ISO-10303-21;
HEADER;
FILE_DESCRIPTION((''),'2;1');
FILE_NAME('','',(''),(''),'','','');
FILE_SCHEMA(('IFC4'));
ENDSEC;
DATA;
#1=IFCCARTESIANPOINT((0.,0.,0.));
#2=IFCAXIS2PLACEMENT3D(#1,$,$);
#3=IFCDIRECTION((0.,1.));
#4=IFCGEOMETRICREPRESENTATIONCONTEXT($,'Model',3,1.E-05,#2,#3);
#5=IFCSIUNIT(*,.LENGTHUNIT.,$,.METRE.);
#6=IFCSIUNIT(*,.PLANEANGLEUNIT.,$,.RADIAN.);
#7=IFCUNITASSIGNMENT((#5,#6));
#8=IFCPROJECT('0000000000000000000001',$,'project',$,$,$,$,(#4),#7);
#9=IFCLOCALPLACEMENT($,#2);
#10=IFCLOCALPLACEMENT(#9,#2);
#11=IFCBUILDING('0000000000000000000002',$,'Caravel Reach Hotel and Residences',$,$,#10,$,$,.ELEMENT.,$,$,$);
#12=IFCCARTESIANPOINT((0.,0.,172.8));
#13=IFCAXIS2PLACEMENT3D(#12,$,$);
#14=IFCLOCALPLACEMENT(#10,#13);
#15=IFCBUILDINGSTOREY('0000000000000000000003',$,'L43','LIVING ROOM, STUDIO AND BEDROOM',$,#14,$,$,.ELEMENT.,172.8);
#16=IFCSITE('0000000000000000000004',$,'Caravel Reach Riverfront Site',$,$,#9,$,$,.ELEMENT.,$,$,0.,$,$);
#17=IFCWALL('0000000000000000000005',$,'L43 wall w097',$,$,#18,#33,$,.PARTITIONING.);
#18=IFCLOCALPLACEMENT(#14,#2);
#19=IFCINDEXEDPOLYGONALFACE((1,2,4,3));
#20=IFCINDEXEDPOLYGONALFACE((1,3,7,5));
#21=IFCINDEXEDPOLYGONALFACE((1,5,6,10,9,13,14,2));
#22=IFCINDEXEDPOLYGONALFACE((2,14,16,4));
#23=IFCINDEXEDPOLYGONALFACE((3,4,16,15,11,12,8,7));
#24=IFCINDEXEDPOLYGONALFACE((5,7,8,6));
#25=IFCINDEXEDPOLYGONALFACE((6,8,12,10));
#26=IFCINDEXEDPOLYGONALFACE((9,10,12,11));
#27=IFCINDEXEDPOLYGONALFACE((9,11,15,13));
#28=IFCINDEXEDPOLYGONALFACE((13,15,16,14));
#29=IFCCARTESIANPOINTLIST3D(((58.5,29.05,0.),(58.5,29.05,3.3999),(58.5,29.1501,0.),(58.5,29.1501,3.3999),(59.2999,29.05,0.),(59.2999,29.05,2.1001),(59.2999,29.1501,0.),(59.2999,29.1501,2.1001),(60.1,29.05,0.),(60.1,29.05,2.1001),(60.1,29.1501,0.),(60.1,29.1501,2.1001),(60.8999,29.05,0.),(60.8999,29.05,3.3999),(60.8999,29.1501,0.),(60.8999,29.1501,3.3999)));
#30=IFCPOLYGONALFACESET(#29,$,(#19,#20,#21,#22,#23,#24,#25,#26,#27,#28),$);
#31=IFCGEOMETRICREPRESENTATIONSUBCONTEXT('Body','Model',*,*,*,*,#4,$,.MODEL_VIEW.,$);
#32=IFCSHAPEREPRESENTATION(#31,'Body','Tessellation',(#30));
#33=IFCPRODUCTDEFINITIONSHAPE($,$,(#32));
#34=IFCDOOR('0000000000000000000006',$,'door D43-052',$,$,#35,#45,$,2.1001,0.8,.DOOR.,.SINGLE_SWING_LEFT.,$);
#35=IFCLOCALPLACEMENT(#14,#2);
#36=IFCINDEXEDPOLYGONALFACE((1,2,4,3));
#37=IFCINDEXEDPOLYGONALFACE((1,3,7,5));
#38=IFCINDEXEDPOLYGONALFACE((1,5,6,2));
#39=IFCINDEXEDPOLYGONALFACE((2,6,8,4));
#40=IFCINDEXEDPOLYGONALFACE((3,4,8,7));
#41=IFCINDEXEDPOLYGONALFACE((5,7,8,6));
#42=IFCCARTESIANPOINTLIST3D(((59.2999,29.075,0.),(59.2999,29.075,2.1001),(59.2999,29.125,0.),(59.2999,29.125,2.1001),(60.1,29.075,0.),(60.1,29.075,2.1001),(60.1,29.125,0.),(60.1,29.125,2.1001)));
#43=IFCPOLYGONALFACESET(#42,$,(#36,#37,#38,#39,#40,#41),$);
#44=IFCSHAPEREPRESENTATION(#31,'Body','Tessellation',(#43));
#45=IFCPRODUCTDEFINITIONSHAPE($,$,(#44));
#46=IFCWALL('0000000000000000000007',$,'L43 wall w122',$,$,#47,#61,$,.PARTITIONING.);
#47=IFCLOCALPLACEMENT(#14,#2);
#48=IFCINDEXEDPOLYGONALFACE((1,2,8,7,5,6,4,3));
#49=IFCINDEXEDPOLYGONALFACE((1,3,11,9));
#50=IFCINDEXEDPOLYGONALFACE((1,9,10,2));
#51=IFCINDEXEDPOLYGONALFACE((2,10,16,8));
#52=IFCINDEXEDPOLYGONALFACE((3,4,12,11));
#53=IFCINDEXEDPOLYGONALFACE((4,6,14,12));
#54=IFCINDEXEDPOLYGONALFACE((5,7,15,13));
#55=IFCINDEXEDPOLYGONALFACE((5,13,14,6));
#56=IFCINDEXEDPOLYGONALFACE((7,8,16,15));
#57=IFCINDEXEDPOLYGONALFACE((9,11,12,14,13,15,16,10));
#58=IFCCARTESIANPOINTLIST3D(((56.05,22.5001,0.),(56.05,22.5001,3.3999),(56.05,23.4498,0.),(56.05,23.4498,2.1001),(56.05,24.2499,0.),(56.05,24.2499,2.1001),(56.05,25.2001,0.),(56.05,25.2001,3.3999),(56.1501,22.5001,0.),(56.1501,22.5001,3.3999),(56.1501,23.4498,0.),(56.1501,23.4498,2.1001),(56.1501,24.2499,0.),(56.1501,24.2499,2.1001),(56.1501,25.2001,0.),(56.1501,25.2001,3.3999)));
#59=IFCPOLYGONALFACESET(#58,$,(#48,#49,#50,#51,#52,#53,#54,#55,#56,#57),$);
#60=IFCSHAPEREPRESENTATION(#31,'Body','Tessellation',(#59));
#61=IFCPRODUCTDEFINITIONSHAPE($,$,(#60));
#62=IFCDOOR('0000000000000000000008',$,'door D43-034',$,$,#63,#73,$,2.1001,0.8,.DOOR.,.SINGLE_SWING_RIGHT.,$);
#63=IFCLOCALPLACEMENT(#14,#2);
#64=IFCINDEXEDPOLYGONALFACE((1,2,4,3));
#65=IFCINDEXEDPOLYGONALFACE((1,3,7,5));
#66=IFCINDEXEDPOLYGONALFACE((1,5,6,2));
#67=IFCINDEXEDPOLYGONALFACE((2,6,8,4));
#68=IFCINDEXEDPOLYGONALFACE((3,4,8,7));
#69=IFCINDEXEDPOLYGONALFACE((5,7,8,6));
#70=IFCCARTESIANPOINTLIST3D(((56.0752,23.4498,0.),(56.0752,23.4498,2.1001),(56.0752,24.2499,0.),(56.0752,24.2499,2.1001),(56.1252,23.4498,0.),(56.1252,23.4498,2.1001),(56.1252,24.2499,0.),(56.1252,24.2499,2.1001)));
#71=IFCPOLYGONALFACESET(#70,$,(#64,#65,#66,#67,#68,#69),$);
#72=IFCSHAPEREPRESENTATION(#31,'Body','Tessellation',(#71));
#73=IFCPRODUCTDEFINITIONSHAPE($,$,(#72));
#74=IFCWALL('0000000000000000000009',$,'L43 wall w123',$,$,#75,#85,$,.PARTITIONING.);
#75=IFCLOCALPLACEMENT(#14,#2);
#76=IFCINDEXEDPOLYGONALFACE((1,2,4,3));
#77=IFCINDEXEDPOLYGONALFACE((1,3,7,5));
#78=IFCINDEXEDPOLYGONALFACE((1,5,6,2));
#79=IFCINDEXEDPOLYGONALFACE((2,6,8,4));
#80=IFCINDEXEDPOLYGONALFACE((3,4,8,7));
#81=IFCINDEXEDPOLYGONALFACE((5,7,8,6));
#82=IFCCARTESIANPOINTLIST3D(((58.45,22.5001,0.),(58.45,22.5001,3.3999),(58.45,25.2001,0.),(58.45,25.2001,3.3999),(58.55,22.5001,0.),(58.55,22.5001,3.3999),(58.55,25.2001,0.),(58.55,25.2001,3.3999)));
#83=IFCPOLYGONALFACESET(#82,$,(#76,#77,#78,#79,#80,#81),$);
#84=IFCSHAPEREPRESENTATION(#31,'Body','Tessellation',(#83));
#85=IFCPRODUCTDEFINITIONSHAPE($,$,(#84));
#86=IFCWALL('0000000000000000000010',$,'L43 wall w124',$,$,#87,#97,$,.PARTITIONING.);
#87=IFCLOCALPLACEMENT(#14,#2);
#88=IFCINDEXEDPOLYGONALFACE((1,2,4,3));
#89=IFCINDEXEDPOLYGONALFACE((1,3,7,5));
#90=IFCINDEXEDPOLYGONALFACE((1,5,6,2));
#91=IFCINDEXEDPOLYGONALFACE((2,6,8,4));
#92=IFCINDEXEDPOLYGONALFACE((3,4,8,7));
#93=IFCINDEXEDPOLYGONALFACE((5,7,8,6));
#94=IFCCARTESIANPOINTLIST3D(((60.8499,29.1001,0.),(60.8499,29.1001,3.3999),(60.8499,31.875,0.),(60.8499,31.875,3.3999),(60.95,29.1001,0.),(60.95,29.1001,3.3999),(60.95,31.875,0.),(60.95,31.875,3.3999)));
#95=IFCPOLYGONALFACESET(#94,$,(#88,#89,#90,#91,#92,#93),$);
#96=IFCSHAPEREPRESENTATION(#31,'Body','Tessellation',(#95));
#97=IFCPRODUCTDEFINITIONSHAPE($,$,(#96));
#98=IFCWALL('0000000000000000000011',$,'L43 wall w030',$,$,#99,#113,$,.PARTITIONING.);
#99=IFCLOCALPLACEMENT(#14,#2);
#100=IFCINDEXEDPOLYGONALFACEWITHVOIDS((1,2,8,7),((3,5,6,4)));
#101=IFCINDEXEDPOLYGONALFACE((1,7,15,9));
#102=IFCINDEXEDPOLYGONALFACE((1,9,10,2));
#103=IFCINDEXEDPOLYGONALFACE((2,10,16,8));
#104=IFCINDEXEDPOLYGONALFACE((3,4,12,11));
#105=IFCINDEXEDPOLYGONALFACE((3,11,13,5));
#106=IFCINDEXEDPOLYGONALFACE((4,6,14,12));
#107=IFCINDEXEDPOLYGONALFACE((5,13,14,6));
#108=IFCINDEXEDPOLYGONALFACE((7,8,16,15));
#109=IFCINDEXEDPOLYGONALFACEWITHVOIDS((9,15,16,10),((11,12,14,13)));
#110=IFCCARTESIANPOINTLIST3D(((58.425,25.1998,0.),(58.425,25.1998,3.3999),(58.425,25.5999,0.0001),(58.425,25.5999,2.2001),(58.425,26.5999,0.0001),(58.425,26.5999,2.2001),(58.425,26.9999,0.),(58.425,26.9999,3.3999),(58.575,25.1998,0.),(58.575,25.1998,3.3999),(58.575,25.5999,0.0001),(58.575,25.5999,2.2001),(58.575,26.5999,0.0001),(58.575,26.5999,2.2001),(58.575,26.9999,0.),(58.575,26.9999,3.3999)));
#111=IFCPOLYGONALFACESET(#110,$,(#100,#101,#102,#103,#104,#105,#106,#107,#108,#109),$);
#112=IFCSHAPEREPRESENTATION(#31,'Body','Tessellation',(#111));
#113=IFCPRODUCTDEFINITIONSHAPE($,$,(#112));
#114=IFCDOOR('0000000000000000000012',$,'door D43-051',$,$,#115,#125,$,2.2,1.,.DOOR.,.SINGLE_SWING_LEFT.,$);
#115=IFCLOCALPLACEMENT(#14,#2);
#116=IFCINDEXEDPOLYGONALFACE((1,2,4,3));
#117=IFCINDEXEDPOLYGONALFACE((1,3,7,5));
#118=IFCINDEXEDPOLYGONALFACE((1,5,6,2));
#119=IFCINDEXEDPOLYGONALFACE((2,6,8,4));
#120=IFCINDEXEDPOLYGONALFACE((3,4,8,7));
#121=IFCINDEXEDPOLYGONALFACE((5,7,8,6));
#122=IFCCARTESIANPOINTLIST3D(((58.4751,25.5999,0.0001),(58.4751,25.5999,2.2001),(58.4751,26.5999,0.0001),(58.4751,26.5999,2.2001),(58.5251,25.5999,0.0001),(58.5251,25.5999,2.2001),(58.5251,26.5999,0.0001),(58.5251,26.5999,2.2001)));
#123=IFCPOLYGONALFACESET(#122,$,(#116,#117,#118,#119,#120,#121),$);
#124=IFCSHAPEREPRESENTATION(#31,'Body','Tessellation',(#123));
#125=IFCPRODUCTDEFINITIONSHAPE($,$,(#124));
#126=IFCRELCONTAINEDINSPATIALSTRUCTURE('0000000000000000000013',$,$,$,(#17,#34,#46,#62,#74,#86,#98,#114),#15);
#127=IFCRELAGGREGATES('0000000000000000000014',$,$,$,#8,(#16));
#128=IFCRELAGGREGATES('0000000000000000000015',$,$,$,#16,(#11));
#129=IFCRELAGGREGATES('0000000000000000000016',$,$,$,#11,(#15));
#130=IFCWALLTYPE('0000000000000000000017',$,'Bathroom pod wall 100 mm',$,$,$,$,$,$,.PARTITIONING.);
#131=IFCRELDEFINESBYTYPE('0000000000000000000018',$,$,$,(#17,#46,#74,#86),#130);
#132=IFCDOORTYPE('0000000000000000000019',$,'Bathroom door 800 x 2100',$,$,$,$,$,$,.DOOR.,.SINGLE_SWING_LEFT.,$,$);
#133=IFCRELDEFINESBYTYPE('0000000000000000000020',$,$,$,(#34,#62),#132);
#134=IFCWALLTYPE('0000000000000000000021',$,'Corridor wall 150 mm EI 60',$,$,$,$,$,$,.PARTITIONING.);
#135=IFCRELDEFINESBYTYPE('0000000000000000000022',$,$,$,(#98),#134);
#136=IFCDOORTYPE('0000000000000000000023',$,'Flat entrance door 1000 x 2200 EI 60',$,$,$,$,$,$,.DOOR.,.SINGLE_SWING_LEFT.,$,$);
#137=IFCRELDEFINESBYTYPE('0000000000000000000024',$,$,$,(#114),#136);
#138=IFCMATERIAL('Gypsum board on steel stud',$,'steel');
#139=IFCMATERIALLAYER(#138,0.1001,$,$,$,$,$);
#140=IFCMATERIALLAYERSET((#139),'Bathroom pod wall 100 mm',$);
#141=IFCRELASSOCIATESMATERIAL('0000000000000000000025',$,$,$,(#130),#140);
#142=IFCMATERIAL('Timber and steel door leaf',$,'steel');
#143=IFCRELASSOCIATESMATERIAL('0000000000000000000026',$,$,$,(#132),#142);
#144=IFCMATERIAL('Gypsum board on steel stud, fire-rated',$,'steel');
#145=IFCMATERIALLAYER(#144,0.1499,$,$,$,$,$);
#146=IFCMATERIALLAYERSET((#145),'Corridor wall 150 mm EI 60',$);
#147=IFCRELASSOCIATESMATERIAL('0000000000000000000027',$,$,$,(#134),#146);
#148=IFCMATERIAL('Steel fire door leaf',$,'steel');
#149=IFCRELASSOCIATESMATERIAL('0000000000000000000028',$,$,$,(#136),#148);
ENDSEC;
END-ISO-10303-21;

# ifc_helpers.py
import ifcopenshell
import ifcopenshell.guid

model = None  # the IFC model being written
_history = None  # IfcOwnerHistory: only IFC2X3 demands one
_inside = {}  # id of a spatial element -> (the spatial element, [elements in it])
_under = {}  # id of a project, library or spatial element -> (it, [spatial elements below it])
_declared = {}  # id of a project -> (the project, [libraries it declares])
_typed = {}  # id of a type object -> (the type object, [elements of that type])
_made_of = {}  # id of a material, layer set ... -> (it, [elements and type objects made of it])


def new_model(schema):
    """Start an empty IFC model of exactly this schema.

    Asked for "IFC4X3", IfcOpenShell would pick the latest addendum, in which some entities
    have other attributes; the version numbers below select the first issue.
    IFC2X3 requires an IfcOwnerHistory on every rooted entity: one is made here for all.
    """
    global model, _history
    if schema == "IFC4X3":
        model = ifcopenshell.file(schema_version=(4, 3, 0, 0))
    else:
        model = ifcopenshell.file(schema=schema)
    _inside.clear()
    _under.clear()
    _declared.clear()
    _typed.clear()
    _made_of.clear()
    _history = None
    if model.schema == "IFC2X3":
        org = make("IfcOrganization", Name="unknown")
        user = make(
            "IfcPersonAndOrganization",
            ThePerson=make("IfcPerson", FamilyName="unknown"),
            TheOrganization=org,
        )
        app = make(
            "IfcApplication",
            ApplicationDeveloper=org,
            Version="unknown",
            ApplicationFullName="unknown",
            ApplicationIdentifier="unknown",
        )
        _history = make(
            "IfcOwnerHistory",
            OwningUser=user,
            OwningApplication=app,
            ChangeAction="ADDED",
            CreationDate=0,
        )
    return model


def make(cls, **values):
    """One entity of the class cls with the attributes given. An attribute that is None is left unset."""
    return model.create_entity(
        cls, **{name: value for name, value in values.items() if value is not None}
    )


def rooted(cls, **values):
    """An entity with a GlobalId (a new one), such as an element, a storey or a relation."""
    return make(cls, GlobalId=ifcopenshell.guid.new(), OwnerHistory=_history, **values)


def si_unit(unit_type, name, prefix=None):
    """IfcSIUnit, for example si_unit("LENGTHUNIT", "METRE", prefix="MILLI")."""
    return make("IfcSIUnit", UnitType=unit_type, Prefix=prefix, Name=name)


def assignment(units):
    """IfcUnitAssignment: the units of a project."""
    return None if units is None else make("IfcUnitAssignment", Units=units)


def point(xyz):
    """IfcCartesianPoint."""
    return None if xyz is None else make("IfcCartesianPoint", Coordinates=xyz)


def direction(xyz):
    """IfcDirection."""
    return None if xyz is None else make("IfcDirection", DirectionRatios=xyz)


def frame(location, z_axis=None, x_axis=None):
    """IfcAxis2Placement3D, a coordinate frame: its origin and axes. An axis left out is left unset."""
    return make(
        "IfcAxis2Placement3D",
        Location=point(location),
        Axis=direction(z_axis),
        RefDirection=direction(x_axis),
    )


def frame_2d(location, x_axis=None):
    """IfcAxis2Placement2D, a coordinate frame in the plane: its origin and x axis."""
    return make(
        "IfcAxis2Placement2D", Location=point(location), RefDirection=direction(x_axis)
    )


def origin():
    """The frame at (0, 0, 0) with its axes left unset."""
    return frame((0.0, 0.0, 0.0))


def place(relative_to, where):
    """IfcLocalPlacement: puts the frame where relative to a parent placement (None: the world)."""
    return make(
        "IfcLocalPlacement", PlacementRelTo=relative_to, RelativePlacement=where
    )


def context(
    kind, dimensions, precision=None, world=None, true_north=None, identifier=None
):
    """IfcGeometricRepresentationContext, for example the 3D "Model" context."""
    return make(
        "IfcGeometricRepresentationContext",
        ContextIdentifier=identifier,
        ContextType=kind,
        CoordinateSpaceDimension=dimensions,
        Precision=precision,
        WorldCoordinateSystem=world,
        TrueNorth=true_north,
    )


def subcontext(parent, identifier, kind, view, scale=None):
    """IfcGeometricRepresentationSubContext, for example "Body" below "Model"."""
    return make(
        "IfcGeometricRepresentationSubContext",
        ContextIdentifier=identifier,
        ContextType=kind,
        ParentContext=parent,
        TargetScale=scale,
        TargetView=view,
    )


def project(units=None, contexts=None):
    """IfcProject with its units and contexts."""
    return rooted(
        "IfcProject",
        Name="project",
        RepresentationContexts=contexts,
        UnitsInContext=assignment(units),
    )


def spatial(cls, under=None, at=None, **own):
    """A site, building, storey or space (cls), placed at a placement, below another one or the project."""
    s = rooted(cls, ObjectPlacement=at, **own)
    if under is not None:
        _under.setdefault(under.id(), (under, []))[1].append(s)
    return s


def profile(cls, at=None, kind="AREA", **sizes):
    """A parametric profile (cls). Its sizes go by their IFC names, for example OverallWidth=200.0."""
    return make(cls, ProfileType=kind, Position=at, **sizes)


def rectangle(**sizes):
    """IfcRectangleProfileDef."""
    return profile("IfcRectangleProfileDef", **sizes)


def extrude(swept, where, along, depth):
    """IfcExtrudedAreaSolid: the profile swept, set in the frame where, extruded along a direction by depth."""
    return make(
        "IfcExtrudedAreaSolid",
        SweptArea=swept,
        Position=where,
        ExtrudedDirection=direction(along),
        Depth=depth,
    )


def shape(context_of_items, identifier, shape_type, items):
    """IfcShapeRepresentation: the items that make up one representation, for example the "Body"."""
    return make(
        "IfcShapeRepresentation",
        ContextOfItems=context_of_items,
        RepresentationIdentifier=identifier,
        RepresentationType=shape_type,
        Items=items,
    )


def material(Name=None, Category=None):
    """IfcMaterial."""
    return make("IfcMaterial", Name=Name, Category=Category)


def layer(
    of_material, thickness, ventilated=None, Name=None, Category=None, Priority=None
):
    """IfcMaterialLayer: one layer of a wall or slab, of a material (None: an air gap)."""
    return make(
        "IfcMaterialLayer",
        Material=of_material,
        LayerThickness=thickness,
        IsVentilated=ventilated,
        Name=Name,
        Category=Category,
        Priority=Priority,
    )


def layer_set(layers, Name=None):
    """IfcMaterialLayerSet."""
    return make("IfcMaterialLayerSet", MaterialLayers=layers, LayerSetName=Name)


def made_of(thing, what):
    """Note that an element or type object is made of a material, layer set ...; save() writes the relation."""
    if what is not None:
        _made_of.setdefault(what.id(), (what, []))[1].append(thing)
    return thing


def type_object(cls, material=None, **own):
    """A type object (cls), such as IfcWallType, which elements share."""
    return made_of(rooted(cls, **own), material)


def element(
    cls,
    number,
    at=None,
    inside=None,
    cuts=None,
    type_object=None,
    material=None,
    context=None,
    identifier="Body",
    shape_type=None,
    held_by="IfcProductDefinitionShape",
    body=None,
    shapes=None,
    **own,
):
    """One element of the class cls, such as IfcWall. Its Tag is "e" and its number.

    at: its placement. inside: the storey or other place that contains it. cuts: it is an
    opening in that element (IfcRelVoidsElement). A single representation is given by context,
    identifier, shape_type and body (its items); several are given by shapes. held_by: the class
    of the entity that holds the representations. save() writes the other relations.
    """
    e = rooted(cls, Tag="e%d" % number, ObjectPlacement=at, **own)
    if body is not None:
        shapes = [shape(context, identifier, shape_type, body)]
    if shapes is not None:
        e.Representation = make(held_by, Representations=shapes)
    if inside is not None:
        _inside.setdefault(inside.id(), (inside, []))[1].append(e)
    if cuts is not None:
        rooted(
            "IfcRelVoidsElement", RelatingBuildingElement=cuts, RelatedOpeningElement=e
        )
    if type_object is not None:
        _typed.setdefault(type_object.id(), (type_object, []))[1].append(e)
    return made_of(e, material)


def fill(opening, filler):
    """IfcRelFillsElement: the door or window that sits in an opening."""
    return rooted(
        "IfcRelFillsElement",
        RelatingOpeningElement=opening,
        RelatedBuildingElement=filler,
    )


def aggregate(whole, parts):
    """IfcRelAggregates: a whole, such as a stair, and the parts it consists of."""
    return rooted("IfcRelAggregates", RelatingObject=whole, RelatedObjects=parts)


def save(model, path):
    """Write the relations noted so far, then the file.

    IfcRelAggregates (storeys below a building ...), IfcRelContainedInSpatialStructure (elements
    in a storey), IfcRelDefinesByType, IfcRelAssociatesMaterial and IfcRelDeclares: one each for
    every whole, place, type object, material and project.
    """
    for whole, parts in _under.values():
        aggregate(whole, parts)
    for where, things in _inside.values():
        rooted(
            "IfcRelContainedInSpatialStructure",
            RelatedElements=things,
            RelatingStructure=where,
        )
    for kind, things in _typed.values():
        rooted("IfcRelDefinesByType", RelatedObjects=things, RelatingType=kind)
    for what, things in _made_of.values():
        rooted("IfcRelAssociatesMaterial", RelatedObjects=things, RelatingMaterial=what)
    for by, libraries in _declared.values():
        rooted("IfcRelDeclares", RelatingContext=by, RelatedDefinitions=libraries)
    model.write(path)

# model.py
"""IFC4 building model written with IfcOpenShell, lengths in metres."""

from ifc_helpers import new_model, si_unit, direction, frame, frame_2d, origin, place, context, subcontext, project, spatial, rectangle, extrude, material, layer, layer_set, type_object, element, fill, save


model = new_model("IFC4")

# Units and contexts
model_context = context("Model", 3, precision=1e-05, world=origin(), true_north=direction((0.0, 1.0)))
body_context = subcontext(model_context, "Body", "Model", "MODEL_VIEW")
ifc_project = project(units=[si_unit("LENGTHUNIT", "METRE"), si_unit("PLANEANGLEUNIT", "RADIAN")], contexts=[model_context])

# Site, building, storey
site_placement = place(None, origin())
site = spatial("IfcSite", under=ifc_project, at=site_placement, Name="Caravel Reach Riverfront Site", CompositionType="ELEMENT", RefElevation=0.0)
building_placement = place(site_placement, origin())
building = spatial("IfcBuilding", under=site, at=building_placement, Name="Caravel Reach Hotel and Residences", CompositionType="ELEMENT")
storey_placement = place(building_placement, frame((0.0, 0.0, 172.8)))
storey = spatial("IfcBuildingStorey", under=building, at=storey_placement, Name="L43", Description="LIVING ROOM, STUDIO AND BEDROOM", CompositionType="ELEMENT", Elevation=172.8)

# Shared definitions
ifc_material_1 = material(Name="Gypsum board on steel stud", Category="steel")
ifc_layer_1 = layer(ifc_material_1, 0.1001)
ifc_layer_set_1 = layer_set([ifc_layer_1], Name="Bathroom pod wall 100 mm")
wall_type_1 = type_object("IfcWallType", Name="Bathroom pod wall 100 mm", PredefinedType="PARTITIONING", material=ifc_layer_set_1)

# Walls, openings, doors
wall_1_placement = place(storey_placement, frame((58.5, 29.1001, 0.0), z_axis=(0.0, 0.0, 1.0), x_axis=(1.0, 0.0, 0.0)))
wall_1 = element("IfcWall", 1, at=wall_1_placement, inside=storey, type_object=wall_type_1, Name="L43 wall w097", PredefinedType="PARTITIONING", context=body_context, shape_type="SweptSolid", body=[
    extrude(rectangle(XDim=2.3999, YDim=0.1001, at=frame_2d((1.2, 0.0))), origin(), (0.0, 0.0, 1.0), 3.3999),
])
opening_1_placement = place(wall_1_placement, frame((0.8, 0.0, 0.0)))
opening_1 = element("IfcOpeningElement", 2, at=opening_1_placement, cuts=wall_1, PredefinedType="OPENING", context=body_context, shape_type="SweptSolid", body=[
    extrude(rectangle(XDim=0.8, YDim=2.1001, at=frame_2d((0.3999, 1.05))), frame((0.0, 0.0601, 0.0), z_axis=(0.0, -1.0, 0.0), x_axis=(1.0, 0.0, 0.0)), (0.0, 0.0, 1.0), 0.1201),
])
ifc_material_2 = material(Name="Timber and steel door leaf", Category="steel")
door_type_1 = type_object("IfcDoorType", Name="Bathroom door 800 x 2100", OperationType="SINGLE_SWING_LEFT", PredefinedType="DOOR", material=ifc_material_2)
door_1_placement = place(opening_1_placement, origin())
door_1 = element("IfcDoor", 3, at=door_1_placement, inside=storey, type_object=door_type_1, Name="door D43-052", OperationType="SINGLE_SWING_LEFT", OverallHeight=2.1001, OverallWidth=0.8, PredefinedType="DOOR", context=body_context, shape_type="SweptSolid", body=[
    extrude(rectangle(XDim=0.8, YDim=2.1001, at=frame_2d((0.3999, 1.05))), frame((0.0, 0.0249, 0.0), z_axis=(0.0, -1.0, 0.0), x_axis=(1.0, 0.0, 0.0)), (0.0, 0.0, 1.0), 0.05),
])
fill(opening_1, door_1)
wall_2_placement = place(storey_placement, frame((56.1001, 22.5, 0.0), z_axis=(0.0, 0.0, 1.0), x_axis=(0.0, 1.0, 0.0)))
wall_2 = element("IfcWall", 4, at=wall_2_placement, inside=storey, type_object=wall_type_1, Name="L43 wall w122", PredefinedType="PARTITIONING", context=body_context, shape_type="SweptSolid", body=[
    extrude(rectangle(XDim=2.7, YDim=0.1001, at=frame_2d((1.3501, 0.0))), origin(), (0.0, 0.0, 1.0), 3.3999),
])
opening_2_placement = place(wall_2_placement, frame((0.95, 0.0, 0.0)))
opening_2 = element("IfcOpeningElement", 5, at=opening_2_placement, cuts=wall_2, PredefinedType="OPENING", context=body_context, shape_type="SweptSolid", body=[
    extrude(rectangle(XDim=0.8, YDim=2.1001, at=frame_2d((0.3999, 1.05))), frame((0.0, 0.0601, 0.0), z_axis=(0.0, -1.0, 0.0), x_axis=(1.0, 0.0, 0.0)), (0.0, 0.0, 1.0), 0.1201),
])
door_2_placement = place(opening_2_placement, origin())
door_2 = element("IfcDoor", 6, at=door_2_placement, inside=storey, type_object=door_type_1, Name="door D43-034", OperationType="SINGLE_SWING_RIGHT", OverallHeight=2.1001, OverallWidth=0.8, PredefinedType="DOOR", context=body_context, shape_type="SweptSolid", body=[
    extrude(rectangle(XDim=0.8, YDim=2.1001, at=frame_2d((0.3999, 1.05))), frame((0.0, 0.0249, 0.0), z_axis=(0.0, -1.0, 0.0), x_axis=(1.0, 0.0, 0.0)), (0.0, 0.0, 1.0), 0.05),
])
fill(opening_2, door_2)

# Walls
wall_3_placement = place(storey_placement, frame((58.5, 22.5, 0.0), z_axis=(0.0, 0.0, 1.0), x_axis=(0.0, 1.0, 0.0)))
element("IfcWall", 7, at=wall_3_placement, inside=storey, type_object=wall_type_1, Name="L43 wall w123", PredefinedType="PARTITIONING", context=body_context, shape_type="SweptSolid", body=[
    extrude(rectangle(XDim=2.7, YDim=0.1001, at=frame_2d((1.3501, 0.0))), origin(), (0.0, 0.0, 1.0), 3.3999),
])
wall_4_placement = place(storey_placement, frame((60.8999, 29.1001, 0.0), z_axis=(0.0, 0.0, 1.0), x_axis=(0.0, 1.0, 0.0)))
element("IfcWall", 8, at=wall_4_placement, inside=storey, type_object=wall_type_1, Name="L43 wall w124", PredefinedType="PARTITIONING", context=body_context, shape_type="SweptSolid", body=[
    extrude(rectangle(XDim=2.7749, YDim=0.1001, at=frame_2d((1.3875, 0.0))), origin(), (0.0, 0.0, 1.0), 3.3999),
])

# Wall, opening, door
ifc_material_3 = material(Name="Gypsum board on steel stud, fire-rated", Category="steel")
ifc_layer_2 = layer(ifc_material_3, 0.1499)
ifc_layer_set_2 = layer_set([ifc_layer_2], Name="Corridor wall 150 mm EI 60")
wall_type_2 = type_object("IfcWallType", Name="Corridor wall 150 mm EI 60", PredefinedType="PARTITIONING", material=ifc_layer_set_2)
wall_5_placement = place(storey_placement, frame((58.5, 25.2, 0.0), z_axis=(0.0, 0.0, 1.0), x_axis=(0.0, 1.0, 0.0)))
wall_5 = element("IfcWall", 9, at=wall_5_placement, inside=storey, type_object=wall_type_2, Name="L43 wall w030", PredefinedType="PARTITIONING", context=body_context, shape_type="SweptSolid", body=[
    extrude(rectangle(XDim=1.8, YDim=0.1499, at=frame_2d((0.8999, 0.0))), origin(), (0.0, 0.0, 1.0), 3.3999),
])
opening_3_placement = place(wall_5_placement, frame((0.3999, 0.0, 0.0)))
opening_3 = element("IfcOpeningElement", 10, at=opening_3_placement, cuts=wall_5, PredefinedType="OPENING", context=body_context, shape_type="SweptSolid", body=[
    extrude(rectangle(XDim=1.0, YDim=2.2, at=frame_2d((0.5, 1.1001))), frame((0.0, 0.085, 0.0), z_axis=(0.0, -1.0, 0.0), x_axis=(1.0, 0.0, 0.0)), (0.0, 0.0, 1.0), 0.1699),
])
ifc_material_4 = material(Name="Steel fire door leaf", Category="steel")
door_type_2 = type_object("IfcDoorType", Name="Flat entrance door 1000 x 2200 EI 60", OperationType="SINGLE_SWING_LEFT", PredefinedType="DOOR", material=ifc_material_4)
door_3_placement = place(opening_3_placement, origin())
door_3 = element("IfcDoor", 11, at=door_3_placement, inside=storey, type_object=door_type_2, Name="door D43-051", OperationType="SINGLE_SWING_LEFT", OverallHeight=2.2, OverallWidth=1.0, PredefinedType="DOOR", context=body_context, shape_type="SweptSolid", body=[
    extrude(rectangle(XDim=1.0, YDim=2.2, at=frame_2d((0.5, 1.1001))), frame((0.0, 0.0249, 0.0), z_axis=(0.0, -1.0, 0.0), x_axis=(1.0, 0.0, 0.0)), (0.0, 0.0, 1.0), 0.05),
])
fill(opening_3, door_3)

save(model, "model.ifc")
